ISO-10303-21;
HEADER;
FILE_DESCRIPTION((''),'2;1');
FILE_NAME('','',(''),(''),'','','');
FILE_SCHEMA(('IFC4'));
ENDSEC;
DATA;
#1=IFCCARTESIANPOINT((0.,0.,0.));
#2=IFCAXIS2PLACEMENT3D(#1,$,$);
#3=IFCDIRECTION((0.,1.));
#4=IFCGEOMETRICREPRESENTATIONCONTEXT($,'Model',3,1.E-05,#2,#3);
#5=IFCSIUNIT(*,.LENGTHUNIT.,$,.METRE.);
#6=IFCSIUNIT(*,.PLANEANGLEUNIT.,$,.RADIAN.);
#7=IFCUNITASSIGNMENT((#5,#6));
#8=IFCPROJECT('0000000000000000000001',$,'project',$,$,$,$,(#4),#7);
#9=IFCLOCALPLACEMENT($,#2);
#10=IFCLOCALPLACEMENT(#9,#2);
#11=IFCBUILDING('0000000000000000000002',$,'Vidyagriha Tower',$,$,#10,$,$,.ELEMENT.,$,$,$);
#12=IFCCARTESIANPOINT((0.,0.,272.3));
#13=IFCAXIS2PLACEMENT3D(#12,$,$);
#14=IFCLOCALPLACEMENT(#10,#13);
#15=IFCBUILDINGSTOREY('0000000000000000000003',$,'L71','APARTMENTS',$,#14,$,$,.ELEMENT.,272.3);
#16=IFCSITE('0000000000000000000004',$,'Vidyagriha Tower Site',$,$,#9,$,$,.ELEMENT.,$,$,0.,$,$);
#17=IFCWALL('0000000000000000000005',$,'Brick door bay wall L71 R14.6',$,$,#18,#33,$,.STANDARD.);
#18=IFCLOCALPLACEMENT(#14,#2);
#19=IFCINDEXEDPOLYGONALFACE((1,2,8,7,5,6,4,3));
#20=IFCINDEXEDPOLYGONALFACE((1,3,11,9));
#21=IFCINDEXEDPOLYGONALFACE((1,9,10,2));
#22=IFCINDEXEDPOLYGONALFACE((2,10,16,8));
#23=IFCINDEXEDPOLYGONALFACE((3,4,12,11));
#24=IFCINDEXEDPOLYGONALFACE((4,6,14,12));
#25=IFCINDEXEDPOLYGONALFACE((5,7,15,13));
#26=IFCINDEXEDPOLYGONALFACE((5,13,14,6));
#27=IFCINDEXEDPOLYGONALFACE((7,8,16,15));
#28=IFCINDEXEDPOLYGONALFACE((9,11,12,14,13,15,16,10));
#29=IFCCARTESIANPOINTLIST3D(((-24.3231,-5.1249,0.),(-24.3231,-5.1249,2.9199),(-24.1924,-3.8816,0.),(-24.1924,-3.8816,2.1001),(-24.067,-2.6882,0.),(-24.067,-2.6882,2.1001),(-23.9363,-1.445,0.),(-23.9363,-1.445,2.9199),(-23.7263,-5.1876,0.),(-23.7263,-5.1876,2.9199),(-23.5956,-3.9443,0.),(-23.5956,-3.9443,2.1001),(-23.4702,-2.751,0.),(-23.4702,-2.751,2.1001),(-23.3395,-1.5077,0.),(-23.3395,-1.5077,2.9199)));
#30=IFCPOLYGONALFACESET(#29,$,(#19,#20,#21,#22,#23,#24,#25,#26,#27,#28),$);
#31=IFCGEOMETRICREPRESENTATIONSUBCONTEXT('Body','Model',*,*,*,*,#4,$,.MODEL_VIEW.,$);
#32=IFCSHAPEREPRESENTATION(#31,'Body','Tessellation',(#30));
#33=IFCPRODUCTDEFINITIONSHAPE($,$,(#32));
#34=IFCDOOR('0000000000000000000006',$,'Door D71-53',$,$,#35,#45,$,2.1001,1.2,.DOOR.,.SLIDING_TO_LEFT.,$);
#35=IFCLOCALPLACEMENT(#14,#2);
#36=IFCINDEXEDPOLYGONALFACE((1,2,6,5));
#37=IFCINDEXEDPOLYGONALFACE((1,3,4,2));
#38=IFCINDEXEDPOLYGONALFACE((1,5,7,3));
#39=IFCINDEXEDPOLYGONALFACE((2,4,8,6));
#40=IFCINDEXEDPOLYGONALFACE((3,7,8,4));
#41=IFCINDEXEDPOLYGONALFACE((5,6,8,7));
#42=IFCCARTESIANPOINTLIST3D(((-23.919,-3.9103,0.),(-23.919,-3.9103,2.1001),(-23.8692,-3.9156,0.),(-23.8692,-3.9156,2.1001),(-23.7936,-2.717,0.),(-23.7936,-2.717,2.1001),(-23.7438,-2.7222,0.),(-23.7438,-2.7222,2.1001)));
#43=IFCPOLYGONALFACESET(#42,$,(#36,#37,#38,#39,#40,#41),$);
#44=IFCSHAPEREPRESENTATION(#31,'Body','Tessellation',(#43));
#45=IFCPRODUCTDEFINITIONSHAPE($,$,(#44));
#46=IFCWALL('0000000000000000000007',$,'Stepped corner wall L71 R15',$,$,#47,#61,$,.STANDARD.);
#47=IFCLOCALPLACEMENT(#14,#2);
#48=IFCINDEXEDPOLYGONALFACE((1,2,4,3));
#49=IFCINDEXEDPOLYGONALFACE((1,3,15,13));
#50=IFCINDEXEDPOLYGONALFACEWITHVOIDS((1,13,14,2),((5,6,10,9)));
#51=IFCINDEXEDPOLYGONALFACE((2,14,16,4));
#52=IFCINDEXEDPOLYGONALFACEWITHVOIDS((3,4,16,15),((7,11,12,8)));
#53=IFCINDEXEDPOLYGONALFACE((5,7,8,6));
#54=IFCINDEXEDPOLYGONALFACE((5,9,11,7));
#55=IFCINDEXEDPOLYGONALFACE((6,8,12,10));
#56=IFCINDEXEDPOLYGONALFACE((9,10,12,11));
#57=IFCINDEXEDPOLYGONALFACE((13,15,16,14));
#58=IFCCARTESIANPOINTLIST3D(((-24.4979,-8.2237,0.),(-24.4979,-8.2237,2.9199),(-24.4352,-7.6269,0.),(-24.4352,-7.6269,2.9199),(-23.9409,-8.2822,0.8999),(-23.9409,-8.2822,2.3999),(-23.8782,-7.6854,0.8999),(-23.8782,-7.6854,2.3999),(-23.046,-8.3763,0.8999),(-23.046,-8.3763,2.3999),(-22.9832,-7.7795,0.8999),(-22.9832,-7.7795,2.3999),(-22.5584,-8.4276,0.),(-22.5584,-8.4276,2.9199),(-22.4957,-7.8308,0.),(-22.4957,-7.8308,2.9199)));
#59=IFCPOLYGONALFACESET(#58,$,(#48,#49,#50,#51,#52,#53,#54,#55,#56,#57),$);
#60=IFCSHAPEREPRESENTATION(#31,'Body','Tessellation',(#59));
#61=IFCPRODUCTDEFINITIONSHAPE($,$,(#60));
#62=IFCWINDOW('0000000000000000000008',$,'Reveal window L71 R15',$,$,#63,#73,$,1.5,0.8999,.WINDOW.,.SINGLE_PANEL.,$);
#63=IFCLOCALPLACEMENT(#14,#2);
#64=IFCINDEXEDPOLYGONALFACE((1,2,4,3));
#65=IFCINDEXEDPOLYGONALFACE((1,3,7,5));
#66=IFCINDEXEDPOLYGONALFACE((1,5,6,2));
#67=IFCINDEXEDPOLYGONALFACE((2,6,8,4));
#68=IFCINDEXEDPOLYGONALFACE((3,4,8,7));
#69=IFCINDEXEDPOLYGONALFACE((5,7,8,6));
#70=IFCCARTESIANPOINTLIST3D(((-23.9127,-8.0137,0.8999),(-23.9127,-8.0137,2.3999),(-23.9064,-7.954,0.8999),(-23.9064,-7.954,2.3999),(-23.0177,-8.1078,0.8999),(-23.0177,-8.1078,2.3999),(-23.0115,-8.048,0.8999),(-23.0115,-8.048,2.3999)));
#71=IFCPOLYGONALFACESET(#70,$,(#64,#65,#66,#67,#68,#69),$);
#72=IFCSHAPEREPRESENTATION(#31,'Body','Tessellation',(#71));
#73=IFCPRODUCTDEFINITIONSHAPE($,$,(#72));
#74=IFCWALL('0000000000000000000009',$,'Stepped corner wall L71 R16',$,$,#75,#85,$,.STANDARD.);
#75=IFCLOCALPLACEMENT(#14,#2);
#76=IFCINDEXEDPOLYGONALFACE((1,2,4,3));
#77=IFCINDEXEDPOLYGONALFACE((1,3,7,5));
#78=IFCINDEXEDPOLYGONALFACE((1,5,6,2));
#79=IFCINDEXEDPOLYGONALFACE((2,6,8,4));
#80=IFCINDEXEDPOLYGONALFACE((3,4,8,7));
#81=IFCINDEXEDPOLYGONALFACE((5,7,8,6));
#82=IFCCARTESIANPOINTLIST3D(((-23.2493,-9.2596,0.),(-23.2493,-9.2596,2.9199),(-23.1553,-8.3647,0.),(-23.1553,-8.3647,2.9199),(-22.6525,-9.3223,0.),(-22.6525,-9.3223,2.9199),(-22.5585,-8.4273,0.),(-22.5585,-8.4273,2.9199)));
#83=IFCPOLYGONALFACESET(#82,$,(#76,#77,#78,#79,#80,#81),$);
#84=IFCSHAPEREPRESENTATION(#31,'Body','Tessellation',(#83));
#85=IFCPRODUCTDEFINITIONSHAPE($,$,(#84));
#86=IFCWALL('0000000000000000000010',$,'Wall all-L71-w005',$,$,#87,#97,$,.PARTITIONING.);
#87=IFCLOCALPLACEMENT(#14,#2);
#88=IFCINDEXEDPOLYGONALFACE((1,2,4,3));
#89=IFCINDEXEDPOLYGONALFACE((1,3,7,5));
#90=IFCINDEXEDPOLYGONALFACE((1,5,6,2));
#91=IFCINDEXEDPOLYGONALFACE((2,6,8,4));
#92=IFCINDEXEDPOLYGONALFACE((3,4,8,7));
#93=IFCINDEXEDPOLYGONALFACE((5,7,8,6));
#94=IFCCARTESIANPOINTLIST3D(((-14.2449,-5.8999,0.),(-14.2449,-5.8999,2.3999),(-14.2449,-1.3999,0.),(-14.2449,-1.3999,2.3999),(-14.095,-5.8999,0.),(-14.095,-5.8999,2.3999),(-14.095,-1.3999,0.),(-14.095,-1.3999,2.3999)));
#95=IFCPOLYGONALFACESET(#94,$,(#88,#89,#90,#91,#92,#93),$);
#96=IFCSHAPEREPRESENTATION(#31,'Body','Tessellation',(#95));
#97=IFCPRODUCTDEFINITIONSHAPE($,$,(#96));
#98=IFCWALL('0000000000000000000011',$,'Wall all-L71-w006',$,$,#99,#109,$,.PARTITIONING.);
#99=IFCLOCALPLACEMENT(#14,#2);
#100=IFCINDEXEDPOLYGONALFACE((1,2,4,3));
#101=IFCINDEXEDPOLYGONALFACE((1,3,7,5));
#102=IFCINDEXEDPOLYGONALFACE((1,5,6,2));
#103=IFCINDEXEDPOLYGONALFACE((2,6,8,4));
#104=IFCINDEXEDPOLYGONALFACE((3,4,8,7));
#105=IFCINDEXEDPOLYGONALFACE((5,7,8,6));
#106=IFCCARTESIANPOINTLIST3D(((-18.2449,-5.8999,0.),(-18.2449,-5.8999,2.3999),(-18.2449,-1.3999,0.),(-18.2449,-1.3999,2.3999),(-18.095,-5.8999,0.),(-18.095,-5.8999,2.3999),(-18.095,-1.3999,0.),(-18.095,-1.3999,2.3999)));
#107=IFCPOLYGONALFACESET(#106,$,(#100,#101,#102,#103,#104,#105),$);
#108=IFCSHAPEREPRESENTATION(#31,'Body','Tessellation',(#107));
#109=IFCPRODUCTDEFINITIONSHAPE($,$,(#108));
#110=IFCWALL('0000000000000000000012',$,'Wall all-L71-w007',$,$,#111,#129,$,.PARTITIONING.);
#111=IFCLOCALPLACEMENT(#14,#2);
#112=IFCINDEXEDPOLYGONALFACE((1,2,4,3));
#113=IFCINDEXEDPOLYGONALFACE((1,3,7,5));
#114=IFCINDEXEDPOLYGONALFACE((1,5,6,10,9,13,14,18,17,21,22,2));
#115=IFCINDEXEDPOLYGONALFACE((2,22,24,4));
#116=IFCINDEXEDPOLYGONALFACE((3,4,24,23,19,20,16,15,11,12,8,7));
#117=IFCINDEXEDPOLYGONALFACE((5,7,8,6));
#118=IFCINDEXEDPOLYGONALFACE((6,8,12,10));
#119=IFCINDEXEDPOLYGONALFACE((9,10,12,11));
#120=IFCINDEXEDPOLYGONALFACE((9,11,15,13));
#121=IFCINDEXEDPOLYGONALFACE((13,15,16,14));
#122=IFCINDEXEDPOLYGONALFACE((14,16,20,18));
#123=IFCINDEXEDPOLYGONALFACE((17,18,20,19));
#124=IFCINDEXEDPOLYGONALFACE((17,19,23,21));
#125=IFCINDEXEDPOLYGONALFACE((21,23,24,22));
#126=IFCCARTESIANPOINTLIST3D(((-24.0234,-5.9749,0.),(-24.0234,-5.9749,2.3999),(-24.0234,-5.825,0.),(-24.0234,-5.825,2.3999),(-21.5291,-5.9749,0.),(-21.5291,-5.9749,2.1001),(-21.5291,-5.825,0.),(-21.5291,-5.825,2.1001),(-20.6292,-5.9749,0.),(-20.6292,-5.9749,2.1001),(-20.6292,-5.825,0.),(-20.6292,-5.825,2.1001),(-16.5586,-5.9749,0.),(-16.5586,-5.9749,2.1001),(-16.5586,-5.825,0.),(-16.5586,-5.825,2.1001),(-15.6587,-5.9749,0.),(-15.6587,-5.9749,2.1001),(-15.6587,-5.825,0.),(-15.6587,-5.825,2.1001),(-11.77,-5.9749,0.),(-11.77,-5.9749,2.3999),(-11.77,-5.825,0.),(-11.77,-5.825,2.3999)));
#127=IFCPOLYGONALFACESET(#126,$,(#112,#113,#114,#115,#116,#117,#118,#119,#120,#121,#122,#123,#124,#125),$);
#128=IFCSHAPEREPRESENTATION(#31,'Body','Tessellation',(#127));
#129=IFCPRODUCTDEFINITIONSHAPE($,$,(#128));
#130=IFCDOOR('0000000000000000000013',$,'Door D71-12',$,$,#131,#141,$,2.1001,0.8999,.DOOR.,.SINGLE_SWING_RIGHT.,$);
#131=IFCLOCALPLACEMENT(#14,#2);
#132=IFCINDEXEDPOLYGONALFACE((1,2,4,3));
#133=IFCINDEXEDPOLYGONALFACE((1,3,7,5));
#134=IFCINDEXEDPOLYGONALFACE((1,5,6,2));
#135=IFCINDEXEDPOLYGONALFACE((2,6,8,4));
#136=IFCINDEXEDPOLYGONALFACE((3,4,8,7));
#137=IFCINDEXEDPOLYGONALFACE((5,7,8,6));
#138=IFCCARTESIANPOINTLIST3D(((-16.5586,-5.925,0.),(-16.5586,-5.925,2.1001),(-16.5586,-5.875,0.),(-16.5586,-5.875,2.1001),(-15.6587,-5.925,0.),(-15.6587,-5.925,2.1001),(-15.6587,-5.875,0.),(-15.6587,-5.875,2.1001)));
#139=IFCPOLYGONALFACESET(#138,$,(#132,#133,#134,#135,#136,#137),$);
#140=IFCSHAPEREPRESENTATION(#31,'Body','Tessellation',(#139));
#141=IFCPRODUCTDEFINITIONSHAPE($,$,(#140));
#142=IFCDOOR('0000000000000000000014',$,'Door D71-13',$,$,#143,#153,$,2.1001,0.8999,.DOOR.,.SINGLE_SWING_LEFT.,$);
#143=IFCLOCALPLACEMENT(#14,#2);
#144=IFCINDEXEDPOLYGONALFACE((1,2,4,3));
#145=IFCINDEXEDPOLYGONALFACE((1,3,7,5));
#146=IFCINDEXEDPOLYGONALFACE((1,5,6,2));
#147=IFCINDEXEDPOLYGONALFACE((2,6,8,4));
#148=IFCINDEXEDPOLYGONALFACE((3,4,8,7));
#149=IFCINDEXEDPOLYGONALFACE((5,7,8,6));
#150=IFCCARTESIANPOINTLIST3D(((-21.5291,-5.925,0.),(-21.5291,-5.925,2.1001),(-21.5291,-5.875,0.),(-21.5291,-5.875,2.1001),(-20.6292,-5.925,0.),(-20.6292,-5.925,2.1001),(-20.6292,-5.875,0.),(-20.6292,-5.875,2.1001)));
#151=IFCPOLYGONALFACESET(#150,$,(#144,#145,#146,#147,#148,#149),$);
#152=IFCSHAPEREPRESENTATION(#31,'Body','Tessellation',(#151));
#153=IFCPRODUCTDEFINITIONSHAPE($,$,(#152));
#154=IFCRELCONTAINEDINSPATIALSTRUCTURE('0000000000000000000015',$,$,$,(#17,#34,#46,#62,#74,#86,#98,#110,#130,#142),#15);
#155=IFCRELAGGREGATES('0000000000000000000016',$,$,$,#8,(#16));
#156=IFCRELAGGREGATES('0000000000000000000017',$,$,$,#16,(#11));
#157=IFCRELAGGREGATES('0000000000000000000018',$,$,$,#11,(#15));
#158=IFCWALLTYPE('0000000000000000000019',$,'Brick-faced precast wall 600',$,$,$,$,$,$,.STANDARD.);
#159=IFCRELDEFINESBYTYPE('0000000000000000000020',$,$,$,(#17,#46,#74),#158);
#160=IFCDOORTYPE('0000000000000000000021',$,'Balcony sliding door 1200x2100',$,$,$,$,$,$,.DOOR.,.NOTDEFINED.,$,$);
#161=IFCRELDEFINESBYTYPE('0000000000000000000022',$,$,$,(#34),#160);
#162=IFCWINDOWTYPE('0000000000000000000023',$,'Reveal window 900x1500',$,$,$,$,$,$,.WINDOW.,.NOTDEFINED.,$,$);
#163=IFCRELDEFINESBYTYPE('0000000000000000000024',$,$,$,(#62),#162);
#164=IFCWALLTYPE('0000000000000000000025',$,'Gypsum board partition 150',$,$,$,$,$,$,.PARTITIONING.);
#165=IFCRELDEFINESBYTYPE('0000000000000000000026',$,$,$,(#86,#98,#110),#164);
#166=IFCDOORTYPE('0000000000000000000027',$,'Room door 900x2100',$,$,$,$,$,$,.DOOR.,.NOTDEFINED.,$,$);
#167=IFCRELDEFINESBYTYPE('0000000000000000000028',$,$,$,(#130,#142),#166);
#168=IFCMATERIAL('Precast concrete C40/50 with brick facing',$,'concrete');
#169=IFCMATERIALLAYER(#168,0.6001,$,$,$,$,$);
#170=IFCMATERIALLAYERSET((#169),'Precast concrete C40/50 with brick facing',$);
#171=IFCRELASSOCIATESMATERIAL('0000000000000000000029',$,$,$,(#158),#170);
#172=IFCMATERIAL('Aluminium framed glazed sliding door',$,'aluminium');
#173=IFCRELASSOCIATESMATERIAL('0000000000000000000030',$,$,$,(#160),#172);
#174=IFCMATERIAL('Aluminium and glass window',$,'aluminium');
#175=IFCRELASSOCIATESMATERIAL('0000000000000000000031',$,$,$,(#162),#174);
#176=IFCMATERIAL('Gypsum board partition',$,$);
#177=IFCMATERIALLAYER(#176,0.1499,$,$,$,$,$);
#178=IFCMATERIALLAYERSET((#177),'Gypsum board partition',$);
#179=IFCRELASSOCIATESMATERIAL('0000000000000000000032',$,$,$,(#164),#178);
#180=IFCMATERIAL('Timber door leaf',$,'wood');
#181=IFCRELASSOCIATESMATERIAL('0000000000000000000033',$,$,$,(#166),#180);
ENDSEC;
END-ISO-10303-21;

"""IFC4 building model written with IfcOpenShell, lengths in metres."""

from ifc_helpers import new_model, si_unit, direction, frame, frame_2d, origin, place, context, subcontext, project, spatial, rectangle, extrude, material, layer, layer_set, type_object, element, fill, save


model = new_model("IFC4")

# Units and contexts
model_context = context("Model", 3, precision=1e-05, world=origin(), true_north=direction((0.0, 1.0)))
body_context = subcontext(model_context, "Body", "Model", "MODEL_VIEW")
ifc_project = project(units=[si_unit("LENGTHUNIT", "METRE"), si_unit("PLANEANGLEUNIT", "RADIAN")], contexts=[model_context])

# Site, building, storey
site_placement = place(None, origin())
site = spatial("IfcSite", under=ifc_project, at=site_placement, Name="Vidyagriha Tower Site", CompositionType="ELEMENT", RefElevation=0.0)
building_placement = place(site_placement, origin())
building = spatial("IfcBuilding", under=site, at=building_placement, Name="Vidyagriha Tower", CompositionType="ELEMENT")
storey_placement = place(building_placement, frame((0.0, 0.0, 272.3)))
storey = spatial("IfcBuildingStorey", under=building, at=storey_placement, Name="L71", Description="APARTMENTS", CompositionType="ELEMENT", Elevation=272.3)

# Wall, opening, door
ifc_material_1 = material(Name="Precast concrete C40/50 with brick facing", Category="concrete")
ifc_layer_1 = layer(ifc_material_1, 0.6001)
ifc_layer_set_1 = layer_set([ifc_layer_1], Name="Precast concrete C40/50 with brick facing")
wall_type_1 = type_object("IfcWallType", Name="Brick-faced precast wall 600", PredefinedType="STANDARD", material=ifc_layer_set_1)
wall_1_placement = place(storey_placement, frame((-23.6379, -1.4763, 0.0), z_axis=(0.0, 0.0, 1.0), x_axis=(-0.104513, -0.994524, 0.0)))
wall_1 = element("IfcWall", 1, at=wall_1_placement, inside=storey, type_object=wall_type_1, Name="Brick door bay wall L71 R14.6", PredefinedType="STANDARD", context=body_context, shape_type="SweptSolid", body=[
    extrude(rectangle(XDim=3.7002, YDim=0.6001, at=frame_2d((1.8501, 0.0))), origin(), (0.0, 0.0, 1.0), 2.9199),
])
opening_1_placement = place(wall_1_placement, frame((1.25, 0.0, 0.0)))
opening_1 = element("IfcOpeningElement", 2, at=opening_1_placement, cuts=wall_1, PredefinedType="OPENING", context=body_context, shape_type="SweptSolid", body=[
    extrude(rectangle(XDim=1.2, YDim=2.1001, at=frame_2d((0.6001, 1.05))), frame((0.0, 0.3101, 0.0), z_axis=(0.0, -1.0, 0.0), x_axis=(1.0, 0.0, 0.0)), (0.0, 0.0, 1.0), 0.6201),
])
ifc_material_2 = material(Name="Aluminium framed glazed sliding door", Category="aluminium")
door_type_1 = type_object("IfcDoorType", Name="Balcony sliding door 1200x2100", OperationType="NOTDEFINED", PredefinedType="DOOR", material=ifc_material_2)
door_1_placement = place(opening_1_placement, origin())
door_1 = element("IfcDoor", 3, at=door_1_placement, inside=storey, type_object=door_type_1, Name="Door D71-53", OperationType="SLIDING_TO_LEFT", OverallHeight=2.1001, OverallWidth=1.2, PredefinedType="DOOR", context=body_context, shape_type="SweptSolid", body=[
    extrude(rectangle(XDim=1.2, YDim=2.1001, at=frame_2d((0.6001, 1.05))), frame((0.0, 0.0249, 0.0), z_axis=(0.0, -1.0, 0.0), x_axis=(1.0, 0.0, 0.0)), (0.0, 0.0, 1.0), 0.05),
])
fill(opening_1, door_1)

# Wall, opening, window
wall_2_placement = place(storey_placement, frame((-24.4666, -7.9253, 0.0), z_axis=(0.0, 0.0, 1.0), x_axis=(0.994521, -0.104535, 0.0)))
wall_2 = element("IfcWall", 4, at=wall_2_placement, inside=storey, type_object=wall_type_1, Name="Stepped corner wall L71 R15", PredefinedType="STANDARD", context=body_context, shape_type="SweptSolid", body=[
    extrude(rectangle(XDim=1.9502, YDim=0.6001, at=frame_2d((0.9751, 0.0))), origin(), (0.0, 0.0, 1.0), 2.9199),
])
opening_2_placement = place(wall_2_placement, frame((0.5601, 0.0, 0.8999)))
opening_2 = element("IfcOpeningElement", 5, at=opening_2_placement, cuts=wall_2, PredefinedType="OPENING", context=body_context, shape_type="SweptSolid", body=[
    extrude(rectangle(XDim=0.8999, YDim=1.5, at=frame_2d((0.45, 0.75))), frame((0.0, 0.3101, 0.0), z_axis=(0.0, -1.0, 0.0), x_axis=(1.0, 0.0, 0.0)), (0.0, 0.0, 1.0), 0.6201),
])
ifc_material_3 = material(Name="Aluminium and glass window", Category="aluminium")
window_type = type_object("IfcWindowType", Name="Reveal window 900x1500", PartitioningType="NOTDEFINED", PredefinedType="WINDOW", material=ifc_material_3)
window_placement = place(opening_2_placement, origin())
window = element("IfcWindow", 6, at=window_placement, inside=storey, type_object=window_type, Name="Reveal window L71 R15", OverallHeight=1.5, OverallWidth=0.8999, PartitioningType="SINGLE_PANEL", PredefinedType="WINDOW", context=body_context, shape_type="SweptSolid", body=[
    extrude(rectangle(XDim=0.8999, YDim=1.5, at=frame_2d((0.45, 0.75))), frame((0.0, 0.03, 0.0), z_axis=(0.0, -1.0, 0.0), x_axis=(1.0, 0.0, 0.0)), (0.0, 0.0, 1.0), 0.0601),
])
fill(opening_2, window)

# Walls
wall_3_placement = place(storey_placement, frame((-22.8569, -8.396, 0.0), z_axis=(0.0, 0.0, 1.0), x_axis=(-0.104445, -0.994531, 0.0)))
element("IfcWall", 7, at=wall_3_placement, inside=storey, type_object=wall_type_1, Name="Stepped corner wall L71 R16", PredefinedType="STANDARD", context=body_context, shape_type="SweptSolid", body=[
    extrude(rectangle(XDim=0.8999, YDim=0.6001, at=frame_2d((0.45, 0.0))), origin(), (0.0, 0.0, 1.0), 2.9199),
])
ifc_material_4 = material(Name="Gypsum board partition")
ifc_layer_2 = layer(ifc_material_4, 0.1499)
ifc_layer_set_2 = layer_set([ifc_layer_2], Name="Gypsum board partition")
wall_type_2 = type_object("IfcWallType", Name="Gypsum board partition 150", PredefinedType="PARTITIONING", material=ifc_layer_set_2)
for number, where, z_axis, x_axis, name in (
    (8, (-14.1699, -5.8999, 0.0), (0.0, 0.0, 1.0), (0.0, 1.0, 0.0), "Wall all-L71-w005"),
    (9, (-18.1699, -5.8999, 0.0), (0.0, 0.0, 1.0), (0.0, 1.0, 0.0), "Wall all-L71-w006"),
):
    element("IfcWall", number, at=place(storey_placement, frame(where, z_axis=z_axis, x_axis=x_axis)), inside=storey, type_object=wall_type_2, Name=name, PredefinedType="PARTITIONING", context=body_context, shape_type="SweptSolid", body=[
        extrude(rectangle(XDim=4.5, YDim=0.1499, at=frame_2d((2.25, 0.0))), origin(), (0.0, 0.0, 1.0), 2.3999),
    ])

# Wall, openings, doors
wall_4_placement = place(storey_placement, frame((-24.0234, -5.8999, 0.0)))
wall_4 = element("IfcWall", 10, at=wall_4_placement, inside=storey, type_object=wall_type_2, Name="Wall all-L71-w007", PredefinedType="PARTITIONING", context=body_context, shape_type="SweptSolid", body=[
    extrude(rectangle(XDim=12.2534, YDim=0.1499, at=frame_2d((6.1267, 0.0))), origin(), (0.0, 0.0, 1.0), 2.3999),
])
opening_3_placement = place(wall_4_placement, frame((7.4648, 0.0, 0.0)))
opening_3 = element("IfcOpeningElement", 11, at=opening_3_placement, cuts=wall_4, PredefinedType="OPENING", context=body_context, shape_type="SweptSolid", body=[
    extrude(rectangle(XDim=0.8999, YDim=2.1001, at=frame_2d((0.45, 1.05))), frame((0.0, 0.085, 0.0), z_axis=(0.0, -1.0, 0.0), x_axis=(1.0, 0.0, 0.0)), (0.0, 0.0, 1.0), 0.1699),
])
opening_4_placement = place(wall_4_placement, frame((2.4944, 0.0, 0.0)))
opening_4 = element("IfcOpeningElement", 12, at=opening_4_placement, cuts=wall_4, PredefinedType="OPENING", context=body_context, shape_type="SweptSolid", body=[
    extrude(rectangle(XDim=0.8999, YDim=2.1001, at=frame_2d((0.45, 1.05))), frame((0.0, 0.085, 0.0), z_axis=(0.0, -1.0, 0.0), x_axis=(1.0, 0.0, 0.0)), (0.0, 0.0, 1.0), 0.1699),
])
ifc_material_5 = material(Name="Timber door leaf", Category="wood")
door_type_2 = type_object("IfcDoorType", Name="Room door 900x2100", OperationType="NOTDEFINED", PredefinedType="DOOR", material=ifc_material_5)
door_2_placement = place(opening_3_placement, origin())
door_2 = element("IfcDoor", 13, at=door_2_placement, inside=storey, type_object=door_type_2, Name="Door D71-12", OperationType="SINGLE_SWING_RIGHT", OverallHeight=2.1001, OverallWidth=0.8999, PredefinedType="DOOR", context=body_context, shape_type="SweptSolid", body=[
    extrude(rectangle(XDim=0.8999, YDim=2.1001, at=frame_2d((0.45, 1.05))), frame((0.0, 0.0249, 0.0), z_axis=(0.0, -1.0, 0.0), x_axis=(1.0, 0.0, 0.0)), (0.0, 0.0, 1.0), 0.05),
])
fill(opening_3, door_2)
door_3_placement = place(opening_4_placement, origin())
door_3 = element("IfcDoor", 14, at=door_3_placement, inside=storey, type_object=door_type_2, Name="Door D71-13", OperationType="SINGLE_SWING_LEFT", OverallHeight=2.1001, OverallWidth=0.8999, PredefinedType="DOOR", context=body_context, shape_type="SweptSolid", body=[
    extrude(rectangle(XDim=0.8999, YDim=2.1001, at=frame_2d((0.45, 1.05))), frame((0.0, 0.0249, 0.0), z_axis=(0.0, -1.0, 0.0), x_axis=(1.0, 0.0, 0.0)), (0.0, 0.0, 1.0), 0.05),
])
fill(opening_4, door_3)

save(model, "model.ifc")
